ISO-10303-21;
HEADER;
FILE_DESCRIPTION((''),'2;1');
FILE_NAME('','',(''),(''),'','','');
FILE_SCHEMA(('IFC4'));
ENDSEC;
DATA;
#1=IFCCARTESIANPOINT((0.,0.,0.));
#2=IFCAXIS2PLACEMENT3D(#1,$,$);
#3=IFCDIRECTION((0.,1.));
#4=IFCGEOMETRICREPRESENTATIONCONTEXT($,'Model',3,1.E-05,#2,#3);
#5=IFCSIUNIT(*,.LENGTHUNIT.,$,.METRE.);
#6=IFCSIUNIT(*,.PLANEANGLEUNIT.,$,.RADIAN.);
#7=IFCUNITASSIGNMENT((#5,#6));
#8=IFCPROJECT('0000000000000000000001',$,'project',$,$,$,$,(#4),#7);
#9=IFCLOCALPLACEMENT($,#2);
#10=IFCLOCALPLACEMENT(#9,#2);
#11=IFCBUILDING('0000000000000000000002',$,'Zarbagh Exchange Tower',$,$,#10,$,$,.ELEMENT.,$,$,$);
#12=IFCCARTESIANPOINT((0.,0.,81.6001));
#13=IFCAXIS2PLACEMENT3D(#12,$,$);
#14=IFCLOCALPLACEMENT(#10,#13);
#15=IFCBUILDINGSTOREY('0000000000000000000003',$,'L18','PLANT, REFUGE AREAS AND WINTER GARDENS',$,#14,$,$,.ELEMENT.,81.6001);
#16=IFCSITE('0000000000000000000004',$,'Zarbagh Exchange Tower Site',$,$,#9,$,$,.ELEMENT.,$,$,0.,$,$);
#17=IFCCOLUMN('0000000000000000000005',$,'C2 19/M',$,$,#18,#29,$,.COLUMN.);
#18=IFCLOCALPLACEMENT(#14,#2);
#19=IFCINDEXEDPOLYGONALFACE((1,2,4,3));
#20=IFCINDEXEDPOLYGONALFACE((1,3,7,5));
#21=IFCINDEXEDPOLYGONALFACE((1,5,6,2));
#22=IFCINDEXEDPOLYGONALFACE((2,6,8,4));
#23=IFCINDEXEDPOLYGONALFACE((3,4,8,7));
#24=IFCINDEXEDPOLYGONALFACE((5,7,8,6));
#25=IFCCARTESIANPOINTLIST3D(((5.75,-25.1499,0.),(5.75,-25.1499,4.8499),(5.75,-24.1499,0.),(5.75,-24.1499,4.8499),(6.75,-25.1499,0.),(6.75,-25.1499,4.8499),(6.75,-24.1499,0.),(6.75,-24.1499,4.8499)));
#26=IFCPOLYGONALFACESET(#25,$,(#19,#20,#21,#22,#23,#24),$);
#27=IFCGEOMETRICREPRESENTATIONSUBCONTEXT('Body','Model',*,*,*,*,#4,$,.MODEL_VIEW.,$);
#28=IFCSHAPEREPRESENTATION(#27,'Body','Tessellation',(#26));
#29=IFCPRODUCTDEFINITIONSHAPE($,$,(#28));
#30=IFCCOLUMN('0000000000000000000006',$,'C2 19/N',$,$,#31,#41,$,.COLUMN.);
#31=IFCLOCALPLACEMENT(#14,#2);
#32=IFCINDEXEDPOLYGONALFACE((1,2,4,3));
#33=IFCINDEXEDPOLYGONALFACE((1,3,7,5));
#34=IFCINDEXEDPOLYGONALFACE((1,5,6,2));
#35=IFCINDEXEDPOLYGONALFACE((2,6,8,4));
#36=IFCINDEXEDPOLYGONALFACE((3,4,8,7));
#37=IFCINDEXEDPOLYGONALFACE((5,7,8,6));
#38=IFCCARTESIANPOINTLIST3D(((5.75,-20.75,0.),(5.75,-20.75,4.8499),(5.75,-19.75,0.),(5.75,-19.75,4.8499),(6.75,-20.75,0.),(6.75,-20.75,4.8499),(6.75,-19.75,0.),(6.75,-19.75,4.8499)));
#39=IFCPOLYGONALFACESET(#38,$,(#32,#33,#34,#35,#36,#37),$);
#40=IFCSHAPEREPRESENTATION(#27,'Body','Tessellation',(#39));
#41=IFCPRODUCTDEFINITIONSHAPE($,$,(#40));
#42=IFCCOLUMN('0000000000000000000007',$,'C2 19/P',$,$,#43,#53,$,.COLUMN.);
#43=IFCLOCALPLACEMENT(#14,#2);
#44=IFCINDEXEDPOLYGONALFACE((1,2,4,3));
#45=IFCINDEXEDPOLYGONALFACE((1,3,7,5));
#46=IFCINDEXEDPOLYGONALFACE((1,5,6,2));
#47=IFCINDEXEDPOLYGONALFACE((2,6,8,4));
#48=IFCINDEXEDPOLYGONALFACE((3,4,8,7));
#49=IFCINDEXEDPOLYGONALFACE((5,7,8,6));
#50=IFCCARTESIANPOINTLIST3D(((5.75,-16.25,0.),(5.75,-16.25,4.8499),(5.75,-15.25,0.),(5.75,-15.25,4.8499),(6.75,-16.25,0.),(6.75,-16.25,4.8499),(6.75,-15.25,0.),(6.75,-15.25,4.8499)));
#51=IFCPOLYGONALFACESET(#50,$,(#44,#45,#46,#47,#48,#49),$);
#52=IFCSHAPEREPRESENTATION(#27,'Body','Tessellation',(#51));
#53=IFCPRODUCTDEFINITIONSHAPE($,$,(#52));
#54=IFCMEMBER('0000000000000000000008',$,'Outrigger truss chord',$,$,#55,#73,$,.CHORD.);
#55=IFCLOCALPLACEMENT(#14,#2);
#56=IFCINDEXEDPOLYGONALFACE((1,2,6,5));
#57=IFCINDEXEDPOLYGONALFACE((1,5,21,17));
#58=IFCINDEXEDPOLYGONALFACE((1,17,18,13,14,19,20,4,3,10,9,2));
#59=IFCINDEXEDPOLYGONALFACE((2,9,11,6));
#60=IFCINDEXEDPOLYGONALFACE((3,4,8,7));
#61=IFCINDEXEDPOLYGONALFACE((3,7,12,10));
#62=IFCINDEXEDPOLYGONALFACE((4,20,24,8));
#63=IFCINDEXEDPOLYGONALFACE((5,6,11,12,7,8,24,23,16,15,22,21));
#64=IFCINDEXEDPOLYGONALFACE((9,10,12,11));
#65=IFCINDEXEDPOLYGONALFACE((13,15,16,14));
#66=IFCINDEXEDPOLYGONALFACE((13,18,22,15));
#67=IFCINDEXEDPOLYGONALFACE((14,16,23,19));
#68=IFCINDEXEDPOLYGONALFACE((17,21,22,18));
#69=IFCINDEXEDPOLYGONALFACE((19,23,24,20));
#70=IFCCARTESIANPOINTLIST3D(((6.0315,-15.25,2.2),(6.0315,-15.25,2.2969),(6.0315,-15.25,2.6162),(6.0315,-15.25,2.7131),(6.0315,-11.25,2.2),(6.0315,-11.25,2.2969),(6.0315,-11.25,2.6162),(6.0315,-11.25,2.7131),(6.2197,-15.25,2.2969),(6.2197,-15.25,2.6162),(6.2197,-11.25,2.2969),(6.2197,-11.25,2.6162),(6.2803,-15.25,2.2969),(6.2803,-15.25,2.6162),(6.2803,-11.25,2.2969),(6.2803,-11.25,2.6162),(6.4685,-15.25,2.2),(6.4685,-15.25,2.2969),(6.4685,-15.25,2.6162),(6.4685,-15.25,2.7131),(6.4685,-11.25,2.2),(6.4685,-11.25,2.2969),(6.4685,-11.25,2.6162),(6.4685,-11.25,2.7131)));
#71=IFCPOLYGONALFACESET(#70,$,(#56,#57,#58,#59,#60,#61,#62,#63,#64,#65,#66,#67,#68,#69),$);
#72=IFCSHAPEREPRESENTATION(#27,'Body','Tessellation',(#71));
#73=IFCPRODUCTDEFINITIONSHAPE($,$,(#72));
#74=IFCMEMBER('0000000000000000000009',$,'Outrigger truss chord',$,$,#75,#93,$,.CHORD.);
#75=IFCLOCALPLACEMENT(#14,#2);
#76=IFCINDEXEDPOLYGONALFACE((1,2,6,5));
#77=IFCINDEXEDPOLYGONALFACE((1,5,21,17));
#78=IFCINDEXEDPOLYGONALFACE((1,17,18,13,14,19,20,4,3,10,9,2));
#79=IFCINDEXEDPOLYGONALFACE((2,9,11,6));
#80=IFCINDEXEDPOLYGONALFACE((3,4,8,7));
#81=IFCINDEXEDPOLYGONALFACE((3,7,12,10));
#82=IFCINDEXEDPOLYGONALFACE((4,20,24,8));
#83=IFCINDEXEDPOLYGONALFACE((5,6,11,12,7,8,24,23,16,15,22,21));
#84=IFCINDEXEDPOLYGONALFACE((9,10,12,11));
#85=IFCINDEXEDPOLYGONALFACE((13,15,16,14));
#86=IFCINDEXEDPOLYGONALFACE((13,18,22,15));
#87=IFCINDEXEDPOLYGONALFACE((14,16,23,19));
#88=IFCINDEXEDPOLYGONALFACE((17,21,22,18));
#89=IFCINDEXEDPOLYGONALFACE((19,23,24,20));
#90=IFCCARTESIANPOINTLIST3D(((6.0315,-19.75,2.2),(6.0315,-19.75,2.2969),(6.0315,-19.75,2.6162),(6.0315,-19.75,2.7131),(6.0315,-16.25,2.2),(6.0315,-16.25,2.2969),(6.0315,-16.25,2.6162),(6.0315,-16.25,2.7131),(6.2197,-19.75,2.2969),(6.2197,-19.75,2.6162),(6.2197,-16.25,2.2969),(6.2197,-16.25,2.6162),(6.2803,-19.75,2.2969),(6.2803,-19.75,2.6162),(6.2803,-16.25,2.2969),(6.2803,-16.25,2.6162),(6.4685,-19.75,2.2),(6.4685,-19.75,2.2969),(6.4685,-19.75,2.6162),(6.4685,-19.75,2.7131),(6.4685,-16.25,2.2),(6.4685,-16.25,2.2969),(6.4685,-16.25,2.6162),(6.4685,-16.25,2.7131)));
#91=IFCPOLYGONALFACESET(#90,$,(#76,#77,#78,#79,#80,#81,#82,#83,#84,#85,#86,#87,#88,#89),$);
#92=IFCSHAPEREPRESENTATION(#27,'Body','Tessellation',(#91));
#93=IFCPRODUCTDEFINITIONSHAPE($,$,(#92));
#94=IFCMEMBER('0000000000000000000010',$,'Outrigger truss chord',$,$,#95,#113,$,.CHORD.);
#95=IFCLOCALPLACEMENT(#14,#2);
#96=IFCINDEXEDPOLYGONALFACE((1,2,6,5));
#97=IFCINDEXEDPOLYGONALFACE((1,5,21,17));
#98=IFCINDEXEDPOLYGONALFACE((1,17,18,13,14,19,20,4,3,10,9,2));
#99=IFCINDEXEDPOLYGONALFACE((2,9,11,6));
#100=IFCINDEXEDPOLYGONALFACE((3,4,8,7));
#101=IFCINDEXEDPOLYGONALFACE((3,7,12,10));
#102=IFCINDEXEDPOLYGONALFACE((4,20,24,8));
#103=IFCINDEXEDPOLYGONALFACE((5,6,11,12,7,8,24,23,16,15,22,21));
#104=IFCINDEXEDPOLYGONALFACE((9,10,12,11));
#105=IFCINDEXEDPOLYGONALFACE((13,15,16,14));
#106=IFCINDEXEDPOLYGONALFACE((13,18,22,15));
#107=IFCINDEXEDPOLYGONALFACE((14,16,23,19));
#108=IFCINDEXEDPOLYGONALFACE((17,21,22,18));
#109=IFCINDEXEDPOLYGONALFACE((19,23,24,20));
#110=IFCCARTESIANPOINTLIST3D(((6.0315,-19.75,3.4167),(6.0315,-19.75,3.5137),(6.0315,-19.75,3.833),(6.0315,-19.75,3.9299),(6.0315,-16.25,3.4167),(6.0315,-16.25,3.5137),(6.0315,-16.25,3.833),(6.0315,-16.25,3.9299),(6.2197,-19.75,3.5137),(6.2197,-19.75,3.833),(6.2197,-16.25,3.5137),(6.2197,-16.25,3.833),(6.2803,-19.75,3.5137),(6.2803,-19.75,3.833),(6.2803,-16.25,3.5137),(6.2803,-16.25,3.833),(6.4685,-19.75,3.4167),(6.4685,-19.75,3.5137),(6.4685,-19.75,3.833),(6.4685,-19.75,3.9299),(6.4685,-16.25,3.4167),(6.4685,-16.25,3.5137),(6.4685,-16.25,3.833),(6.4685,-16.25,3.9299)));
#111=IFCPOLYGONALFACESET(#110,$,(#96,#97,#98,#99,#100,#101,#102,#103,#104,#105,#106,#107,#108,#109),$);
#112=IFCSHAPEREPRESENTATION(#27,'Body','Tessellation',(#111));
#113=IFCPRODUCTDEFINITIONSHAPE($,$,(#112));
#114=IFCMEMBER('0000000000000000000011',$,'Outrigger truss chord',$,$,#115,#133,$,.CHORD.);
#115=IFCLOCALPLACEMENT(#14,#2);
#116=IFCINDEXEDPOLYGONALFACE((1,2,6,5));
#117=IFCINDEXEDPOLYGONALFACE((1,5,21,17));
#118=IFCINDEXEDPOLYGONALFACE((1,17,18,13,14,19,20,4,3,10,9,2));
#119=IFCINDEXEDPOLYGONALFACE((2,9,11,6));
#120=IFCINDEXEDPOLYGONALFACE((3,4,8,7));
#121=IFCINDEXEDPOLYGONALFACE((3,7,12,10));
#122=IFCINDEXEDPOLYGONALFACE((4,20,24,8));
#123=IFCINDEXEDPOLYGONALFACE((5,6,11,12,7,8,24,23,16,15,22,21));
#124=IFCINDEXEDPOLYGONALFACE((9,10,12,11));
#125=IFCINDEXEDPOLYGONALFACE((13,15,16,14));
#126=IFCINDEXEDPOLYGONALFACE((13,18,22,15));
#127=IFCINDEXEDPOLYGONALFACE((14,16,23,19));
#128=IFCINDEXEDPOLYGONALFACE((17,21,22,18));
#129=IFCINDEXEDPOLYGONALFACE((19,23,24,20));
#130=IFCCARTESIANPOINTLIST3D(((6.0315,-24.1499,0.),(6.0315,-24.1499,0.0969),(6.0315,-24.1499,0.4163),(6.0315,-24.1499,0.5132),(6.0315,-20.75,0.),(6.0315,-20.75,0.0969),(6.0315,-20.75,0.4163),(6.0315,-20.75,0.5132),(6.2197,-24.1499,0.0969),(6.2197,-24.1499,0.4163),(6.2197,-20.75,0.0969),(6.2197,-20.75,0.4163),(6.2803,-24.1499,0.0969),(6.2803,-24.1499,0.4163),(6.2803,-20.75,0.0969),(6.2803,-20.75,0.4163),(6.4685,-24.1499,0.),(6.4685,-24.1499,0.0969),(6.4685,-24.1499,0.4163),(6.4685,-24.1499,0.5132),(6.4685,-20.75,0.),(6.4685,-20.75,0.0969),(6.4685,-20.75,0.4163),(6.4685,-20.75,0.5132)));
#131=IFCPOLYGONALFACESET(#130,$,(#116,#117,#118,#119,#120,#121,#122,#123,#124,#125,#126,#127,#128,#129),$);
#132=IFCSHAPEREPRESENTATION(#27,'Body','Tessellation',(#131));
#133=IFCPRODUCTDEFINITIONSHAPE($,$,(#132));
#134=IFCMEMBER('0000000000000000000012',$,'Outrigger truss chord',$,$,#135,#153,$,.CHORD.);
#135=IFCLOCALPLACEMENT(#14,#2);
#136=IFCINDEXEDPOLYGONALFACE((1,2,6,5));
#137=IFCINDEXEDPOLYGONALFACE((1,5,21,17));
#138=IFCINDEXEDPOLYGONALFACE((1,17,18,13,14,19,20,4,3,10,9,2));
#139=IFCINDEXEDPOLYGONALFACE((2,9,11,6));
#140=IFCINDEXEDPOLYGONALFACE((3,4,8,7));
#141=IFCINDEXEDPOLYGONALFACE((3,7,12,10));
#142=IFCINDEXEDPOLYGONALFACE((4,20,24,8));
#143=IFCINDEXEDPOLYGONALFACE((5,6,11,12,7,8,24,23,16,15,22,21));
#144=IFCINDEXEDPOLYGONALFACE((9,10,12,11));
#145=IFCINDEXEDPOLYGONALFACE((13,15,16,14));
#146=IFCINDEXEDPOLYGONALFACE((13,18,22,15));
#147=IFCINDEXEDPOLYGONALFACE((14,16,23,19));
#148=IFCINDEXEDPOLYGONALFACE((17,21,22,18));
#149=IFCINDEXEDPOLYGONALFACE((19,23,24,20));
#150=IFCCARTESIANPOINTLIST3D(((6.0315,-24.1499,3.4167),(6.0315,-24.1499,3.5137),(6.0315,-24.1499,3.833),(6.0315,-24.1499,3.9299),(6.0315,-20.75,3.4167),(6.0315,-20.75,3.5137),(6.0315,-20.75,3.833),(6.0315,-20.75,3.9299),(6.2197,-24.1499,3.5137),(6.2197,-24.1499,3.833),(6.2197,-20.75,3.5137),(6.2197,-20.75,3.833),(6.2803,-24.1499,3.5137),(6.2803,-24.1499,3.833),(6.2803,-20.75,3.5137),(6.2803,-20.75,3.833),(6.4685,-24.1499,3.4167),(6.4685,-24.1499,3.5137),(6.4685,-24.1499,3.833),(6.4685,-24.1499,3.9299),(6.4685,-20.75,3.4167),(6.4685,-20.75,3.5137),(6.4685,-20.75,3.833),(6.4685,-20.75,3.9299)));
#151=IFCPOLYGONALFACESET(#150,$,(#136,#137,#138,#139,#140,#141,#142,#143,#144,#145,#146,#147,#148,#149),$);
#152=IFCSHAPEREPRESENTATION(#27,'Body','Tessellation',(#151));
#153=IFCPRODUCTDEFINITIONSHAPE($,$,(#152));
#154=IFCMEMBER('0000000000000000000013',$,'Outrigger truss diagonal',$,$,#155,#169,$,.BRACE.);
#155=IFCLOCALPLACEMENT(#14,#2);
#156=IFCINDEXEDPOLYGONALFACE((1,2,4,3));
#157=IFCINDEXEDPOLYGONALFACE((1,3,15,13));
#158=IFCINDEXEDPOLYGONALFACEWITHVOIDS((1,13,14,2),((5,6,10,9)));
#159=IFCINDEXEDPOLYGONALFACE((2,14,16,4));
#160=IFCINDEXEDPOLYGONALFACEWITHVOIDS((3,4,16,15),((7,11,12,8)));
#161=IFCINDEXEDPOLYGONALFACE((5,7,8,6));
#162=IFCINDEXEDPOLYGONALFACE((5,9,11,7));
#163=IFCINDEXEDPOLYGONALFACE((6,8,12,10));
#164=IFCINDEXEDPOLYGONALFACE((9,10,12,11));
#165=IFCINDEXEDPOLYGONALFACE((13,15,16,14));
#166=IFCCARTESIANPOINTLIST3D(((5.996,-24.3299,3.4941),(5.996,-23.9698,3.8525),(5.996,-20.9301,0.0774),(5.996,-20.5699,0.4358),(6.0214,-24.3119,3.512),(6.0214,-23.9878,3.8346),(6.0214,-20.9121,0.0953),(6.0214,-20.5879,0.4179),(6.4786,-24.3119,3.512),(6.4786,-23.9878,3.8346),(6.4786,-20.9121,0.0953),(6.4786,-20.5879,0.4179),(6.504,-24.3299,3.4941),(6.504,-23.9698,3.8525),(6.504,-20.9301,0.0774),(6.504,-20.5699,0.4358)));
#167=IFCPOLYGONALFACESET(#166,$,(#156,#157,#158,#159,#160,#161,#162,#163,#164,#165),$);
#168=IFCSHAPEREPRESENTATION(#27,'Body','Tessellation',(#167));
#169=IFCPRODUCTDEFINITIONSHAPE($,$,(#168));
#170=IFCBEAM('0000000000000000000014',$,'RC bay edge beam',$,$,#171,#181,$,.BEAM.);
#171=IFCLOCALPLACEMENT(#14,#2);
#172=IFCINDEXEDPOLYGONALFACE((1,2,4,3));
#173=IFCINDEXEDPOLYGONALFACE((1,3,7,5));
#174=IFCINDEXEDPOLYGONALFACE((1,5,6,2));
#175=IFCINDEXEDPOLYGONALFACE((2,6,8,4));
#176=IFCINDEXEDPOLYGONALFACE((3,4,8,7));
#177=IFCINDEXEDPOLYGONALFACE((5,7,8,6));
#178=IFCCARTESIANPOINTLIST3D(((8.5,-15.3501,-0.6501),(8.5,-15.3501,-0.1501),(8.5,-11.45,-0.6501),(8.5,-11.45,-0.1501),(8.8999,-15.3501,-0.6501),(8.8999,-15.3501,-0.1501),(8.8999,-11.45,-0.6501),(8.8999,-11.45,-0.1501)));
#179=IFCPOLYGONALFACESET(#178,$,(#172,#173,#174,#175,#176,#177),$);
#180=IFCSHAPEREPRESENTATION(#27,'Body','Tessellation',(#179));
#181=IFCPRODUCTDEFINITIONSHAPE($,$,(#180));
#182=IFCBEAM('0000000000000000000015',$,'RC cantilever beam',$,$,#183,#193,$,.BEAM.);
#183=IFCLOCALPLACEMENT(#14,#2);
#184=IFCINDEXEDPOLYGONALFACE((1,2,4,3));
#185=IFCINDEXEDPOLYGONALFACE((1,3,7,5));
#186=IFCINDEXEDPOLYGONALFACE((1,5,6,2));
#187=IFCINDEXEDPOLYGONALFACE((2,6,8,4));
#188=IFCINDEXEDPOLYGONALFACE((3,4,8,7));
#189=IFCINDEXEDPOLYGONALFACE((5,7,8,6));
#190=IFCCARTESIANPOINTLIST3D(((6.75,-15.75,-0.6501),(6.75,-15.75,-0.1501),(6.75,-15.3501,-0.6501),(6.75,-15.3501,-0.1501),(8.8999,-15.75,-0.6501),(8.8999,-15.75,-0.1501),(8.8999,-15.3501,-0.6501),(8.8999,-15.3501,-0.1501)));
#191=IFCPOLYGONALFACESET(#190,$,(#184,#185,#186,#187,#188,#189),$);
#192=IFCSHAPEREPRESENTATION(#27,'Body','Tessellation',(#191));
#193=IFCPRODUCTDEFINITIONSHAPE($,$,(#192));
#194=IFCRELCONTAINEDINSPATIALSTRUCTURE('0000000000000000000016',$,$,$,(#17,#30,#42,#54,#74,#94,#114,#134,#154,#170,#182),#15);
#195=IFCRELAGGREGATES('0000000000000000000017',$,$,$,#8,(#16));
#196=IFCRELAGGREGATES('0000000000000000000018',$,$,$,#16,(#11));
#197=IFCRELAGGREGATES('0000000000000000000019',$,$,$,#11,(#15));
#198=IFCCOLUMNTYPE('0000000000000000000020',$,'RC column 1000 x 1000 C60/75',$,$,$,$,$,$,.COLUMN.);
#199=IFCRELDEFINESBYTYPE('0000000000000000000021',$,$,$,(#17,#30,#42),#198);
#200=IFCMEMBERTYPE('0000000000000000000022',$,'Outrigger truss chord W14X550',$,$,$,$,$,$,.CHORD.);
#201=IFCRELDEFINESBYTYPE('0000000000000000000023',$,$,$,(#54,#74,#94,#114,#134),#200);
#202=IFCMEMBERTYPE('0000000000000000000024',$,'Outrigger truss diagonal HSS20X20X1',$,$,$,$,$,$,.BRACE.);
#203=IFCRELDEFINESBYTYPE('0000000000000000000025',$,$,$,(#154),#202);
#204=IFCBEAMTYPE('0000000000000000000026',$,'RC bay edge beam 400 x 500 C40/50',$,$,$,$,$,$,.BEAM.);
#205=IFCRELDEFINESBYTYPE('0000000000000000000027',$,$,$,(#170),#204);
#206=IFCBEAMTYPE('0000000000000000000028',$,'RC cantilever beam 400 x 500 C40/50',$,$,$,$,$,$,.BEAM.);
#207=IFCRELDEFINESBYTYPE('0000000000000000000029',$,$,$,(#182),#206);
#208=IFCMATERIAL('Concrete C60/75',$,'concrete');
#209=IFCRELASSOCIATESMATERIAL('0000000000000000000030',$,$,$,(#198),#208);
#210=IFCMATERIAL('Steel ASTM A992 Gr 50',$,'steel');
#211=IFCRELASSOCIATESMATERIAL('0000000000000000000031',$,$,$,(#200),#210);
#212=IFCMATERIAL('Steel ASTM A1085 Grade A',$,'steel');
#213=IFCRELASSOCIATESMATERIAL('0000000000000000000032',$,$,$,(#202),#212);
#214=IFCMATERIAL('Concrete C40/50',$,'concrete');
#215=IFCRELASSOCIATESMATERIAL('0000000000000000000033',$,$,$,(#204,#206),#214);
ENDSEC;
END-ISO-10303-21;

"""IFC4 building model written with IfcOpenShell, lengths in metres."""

from ifc_helpers import new_model, si_unit, direction, frame, origin, origin_2d, place, context, subcontext, project, spatial, rectangle, hollow_rectangle, i_section, extrude, material, material_profile, profile_set, type_object, element, save


model = new_model("IFC4")

# Units and contexts
model_context = context("Model", 3, precision=1e-05, world=origin(), true_north=direction((0.0, 1.0)))
body_context = subcontext(model_context, "Body", "Model", "MODEL_VIEW")
ifc_project = project(units=[si_unit("LENGTHUNIT", "METRE"), si_unit("PLANEANGLEUNIT", "RADIAN")], contexts=[model_context])

# Site, building, storey
site_placement = place(None, origin())
site = spatial("IfcSite", under=ifc_project, at=site_placement, Name="Zarbagh Exchange Tower Site", CompositionType="ELEMENT", RefElevation=0.0)
building_placement = place(site_placement, origin())
building = spatial("IfcBuilding", under=site, at=building_placement, Name="Zarbagh Exchange Tower", CompositionType="ELEMENT")
storey_placement = place(building_placement, frame((0.0, 0.0, 81.6001)))
storey = spatial("IfcBuildingStorey", under=building, at=storey_placement, Name="L18", Description="PLANT, REFUGE AREAS AND WINTER GARDENS", CompositionType="ELEMENT", Elevation=81.6001)

# Columns
ifc_material_1 = material(Name="Concrete C60/75", Category="concrete")
ifc_material_profile_1 = material_profile(ifc_material_1, rectangle(XDim=1.0, YDim=1.0, at=origin_2d()), Name="RC column 1000 x 1000 C60/75")
ifc_profile_set_1 = profile_set([ifc_material_profile_1], Name="Concrete C60/75")
column_type = type_object("IfcColumnType", Name="RC column 1000 x 1000 C60/75", PredefinedType="COLUMN", material=ifc_profile_set_1)
for number, where, z_axis, x_axis, name in (
    (1, (6.25, -24.6499, 0.0), (0.0, 0.0, 1.0), (1.0, 0.0, 0.0), "C2 19/M"),
    (2, (6.25, -20.25, 0.0), (0.0, 0.0, 1.0), (1.0, 0.0, 0.0), "C2 19/N"),
    (3, (6.25, -15.75, 0.0), (0.0, 0.0, 1.0), (1.0, 0.0, 0.0), "C2 19/P"),
):
    element("IfcColumn", number, at=place(storey_placement, frame(where, z_axis=z_axis, x_axis=x_axis)), inside=storey, type_object=column_type, Name=name, PredefinedType="COLUMN", context=body_context, shape_type="SweptSolid", body=[
        extrude(rectangle(XDim=1.0, YDim=1.0, at=origin_2d()), origin(), (0.0, 0.0, 1.0), 4.8499),
    ])

# Members
ifc_material_2 = material(Name="Steel ASTM A992 Gr 50", Category="steel")
ifc_material_profile_2 = material_profile(ifc_material_2, i_section(OverallWidth=0.437, OverallDepth=0.5132, WebThickness=0.0605, FlangeThickness=0.0969, at=origin_2d()), Name="W14X550")
ifc_profile_set_2 = profile_set([ifc_material_profile_2], Name="Steel ASTM A992 Gr 50")
member_type_1 = type_object("IfcMemberType", Name="Outrigger truss chord W14X550", PredefinedType="CHORD", material=ifc_profile_set_2)
member_1_placement = place(storey_placement, frame((6.25, -11.25, 2.4565), z_axis=(0.0, -1.0, 0.0), x_axis=(1.0, 0.0, 0.0)))
element("IfcMember", 4, at=member_1_placement, inside=storey, type_object=member_type_1, Name="Outrigger truss chord", PredefinedType="CHORD", context=body_context, shape_type="SweptSolid", body=[
    extrude(i_section(OverallWidth=0.437, OverallDepth=0.5132, WebThickness=0.0605, FlangeThickness=0.0969, at=origin_2d()), origin(), (0.0, 0.0, 1.0), 4.0),
])
for number, where, z_axis, x_axis, name in (
    (5, (6.25, -16.25, 2.4565), (0.0, -1.0, 0.0), (1.0, 0.0, 0.0), "Outrigger truss chord"),
    (6, (6.25, -16.25, 3.6733), (0.0, -1.0, 0.0), (1.0, 0.0, 0.0), "Outrigger truss chord"),
):
    element("IfcMember", number, at=place(storey_placement, frame(where, z_axis=z_axis, x_axis=x_axis)), inside=storey, type_object=member_type_1, Name=name, PredefinedType="CHORD", context=body_context, shape_type="SweptSolid", body=[
        extrude(i_section(OverallWidth=0.437, OverallDepth=0.5132, WebThickness=0.0605, FlangeThickness=0.0969, at=origin_2d()), origin(), (0.0, 0.0, 1.0), 3.5),
    ])
for number, where, z_axis, x_axis, name in (
    (7, (6.25, -20.75, 0.2566), (0.0, -1.0, 0.0), (1.0, 0.0, 0.0), "Outrigger truss chord"),
    (8, (6.25, -20.75, 3.6733), (0.0, -1.0, 0.0), (1.0, 0.0, 0.0), "Outrigger truss chord"),
):
    element("IfcMember", number, at=place(storey_placement, frame(where, z_axis=z_axis, x_axis=x_axis)), inside=storey, type_object=member_type_1, Name=name, PredefinedType="CHORD", context=body_context, shape_type="SweptSolid", body=[
        extrude(i_section(OverallWidth=0.437, OverallDepth=0.5132, WebThickness=0.0605, FlangeThickness=0.0969, at=origin_2d()), origin(), (0.0, 0.0, 1.0), 3.3999),
    ])
ifc_material_3 = material(Name="Steel ASTM A1085 Grade A", Category="steel")
ifc_material_profile_3 = material_profile(ifc_material_3, hollow_rectangle(XDim=0.5081, YDim=0.5081, WallThickness=0.0254, at=origin_2d()), Name="HSS20X20X1")
ifc_profile_set_3 = profile_set([ifc_material_profile_3], Name="Steel ASTM A1085 Grade A")
member_type_2 = type_object("IfcMemberType", Name="Outrigger truss diagonal HSS20X20X1", PredefinedType="BRACE", material=ifc_profile_set_3)
member_2_placement = place(storey_placement, frame((6.25, -20.75, 0.2566), z_axis=(0.0, -0.705357, 0.708852), x_axis=(1.0, 0.0, 0.0)))
element("IfcMember", 9, at=member_2_placement, inside=storey, type_object=member_type_2, Name="Outrigger truss diagonal", PredefinedType="BRACE", context=body_context, shape_type="SweptSolid", body=[
    extrude(hollow_rectangle(XDim=0.5081, YDim=0.5081, WallThickness=0.0254, at=origin_2d()), origin(), (0.0, 0.0, 1.0), 4.8201),
])

# Beams
ifc_material_4 = material(Name="Concrete C40/50", Category="concrete")
ifc_material_profile_4 = material_profile(ifc_material_4, rectangle(XDim=0.3999, YDim=0.5, at=origin_2d()), Name="RC bay edge beam 400 x 500 C40/50")
ifc_profile_set_4 = profile_set([ifc_material_profile_4], Name="Concrete C40/50")
beam_type_1 = type_object("IfcBeamType", Name="RC bay edge beam 400 x 500 C40/50", PredefinedType="BEAM", material=ifc_profile_set_4)
beam_1_placement = place(storey_placement, frame((8.7, -15.3501, -0.4001), z_axis=(0.0, 1.0, 0.0), x_axis=(-1.0, 0.0, 0.0)))
element("IfcBeam", 10, at=beam_1_placement, inside=storey, type_object=beam_type_1, Name="RC bay edge beam", PredefinedType="BEAM", context=body_context, shape_type="SweptSolid", body=[
    extrude(rectangle(XDim=0.3999, YDim=0.5, at=origin_2d()), origin(), (0.0, 0.0, 1.0), 3.9001),
])
ifc_material_profile_5 = material_profile(ifc_material_4, rectangle(XDim=0.3999, YDim=0.5, at=origin_2d()), Name="RC cantilever beam 400 x 500 C40/50")
ifc_profile_set_5 = profile_set([ifc_material_profile_5], Name="Concrete C40/50")
beam_type_2 = type_object("IfcBeamType", Name="RC cantilever beam 400 x 500 C40/50", PredefinedType="BEAM", material=ifc_profile_set_5)
beam_2_placement = place(storey_placement, frame((6.75, -15.55, -0.4001), z_axis=(1.0, 0.0, 0.0), x_axis=(0.0, 1.0, 0.0)))
element("IfcBeam", 11, at=beam_2_placement, inside=storey, type_object=beam_type_2, Name="RC cantilever beam", PredefinedType="BEAM", context=body_context, shape_type="SweptSolid", body=[
    extrude(rectangle(XDim=0.3999, YDim=0.5, at=origin_2d()), origin(), (0.0, 0.0, 1.0), 2.1499),
])

save(model, "model.ifc")
